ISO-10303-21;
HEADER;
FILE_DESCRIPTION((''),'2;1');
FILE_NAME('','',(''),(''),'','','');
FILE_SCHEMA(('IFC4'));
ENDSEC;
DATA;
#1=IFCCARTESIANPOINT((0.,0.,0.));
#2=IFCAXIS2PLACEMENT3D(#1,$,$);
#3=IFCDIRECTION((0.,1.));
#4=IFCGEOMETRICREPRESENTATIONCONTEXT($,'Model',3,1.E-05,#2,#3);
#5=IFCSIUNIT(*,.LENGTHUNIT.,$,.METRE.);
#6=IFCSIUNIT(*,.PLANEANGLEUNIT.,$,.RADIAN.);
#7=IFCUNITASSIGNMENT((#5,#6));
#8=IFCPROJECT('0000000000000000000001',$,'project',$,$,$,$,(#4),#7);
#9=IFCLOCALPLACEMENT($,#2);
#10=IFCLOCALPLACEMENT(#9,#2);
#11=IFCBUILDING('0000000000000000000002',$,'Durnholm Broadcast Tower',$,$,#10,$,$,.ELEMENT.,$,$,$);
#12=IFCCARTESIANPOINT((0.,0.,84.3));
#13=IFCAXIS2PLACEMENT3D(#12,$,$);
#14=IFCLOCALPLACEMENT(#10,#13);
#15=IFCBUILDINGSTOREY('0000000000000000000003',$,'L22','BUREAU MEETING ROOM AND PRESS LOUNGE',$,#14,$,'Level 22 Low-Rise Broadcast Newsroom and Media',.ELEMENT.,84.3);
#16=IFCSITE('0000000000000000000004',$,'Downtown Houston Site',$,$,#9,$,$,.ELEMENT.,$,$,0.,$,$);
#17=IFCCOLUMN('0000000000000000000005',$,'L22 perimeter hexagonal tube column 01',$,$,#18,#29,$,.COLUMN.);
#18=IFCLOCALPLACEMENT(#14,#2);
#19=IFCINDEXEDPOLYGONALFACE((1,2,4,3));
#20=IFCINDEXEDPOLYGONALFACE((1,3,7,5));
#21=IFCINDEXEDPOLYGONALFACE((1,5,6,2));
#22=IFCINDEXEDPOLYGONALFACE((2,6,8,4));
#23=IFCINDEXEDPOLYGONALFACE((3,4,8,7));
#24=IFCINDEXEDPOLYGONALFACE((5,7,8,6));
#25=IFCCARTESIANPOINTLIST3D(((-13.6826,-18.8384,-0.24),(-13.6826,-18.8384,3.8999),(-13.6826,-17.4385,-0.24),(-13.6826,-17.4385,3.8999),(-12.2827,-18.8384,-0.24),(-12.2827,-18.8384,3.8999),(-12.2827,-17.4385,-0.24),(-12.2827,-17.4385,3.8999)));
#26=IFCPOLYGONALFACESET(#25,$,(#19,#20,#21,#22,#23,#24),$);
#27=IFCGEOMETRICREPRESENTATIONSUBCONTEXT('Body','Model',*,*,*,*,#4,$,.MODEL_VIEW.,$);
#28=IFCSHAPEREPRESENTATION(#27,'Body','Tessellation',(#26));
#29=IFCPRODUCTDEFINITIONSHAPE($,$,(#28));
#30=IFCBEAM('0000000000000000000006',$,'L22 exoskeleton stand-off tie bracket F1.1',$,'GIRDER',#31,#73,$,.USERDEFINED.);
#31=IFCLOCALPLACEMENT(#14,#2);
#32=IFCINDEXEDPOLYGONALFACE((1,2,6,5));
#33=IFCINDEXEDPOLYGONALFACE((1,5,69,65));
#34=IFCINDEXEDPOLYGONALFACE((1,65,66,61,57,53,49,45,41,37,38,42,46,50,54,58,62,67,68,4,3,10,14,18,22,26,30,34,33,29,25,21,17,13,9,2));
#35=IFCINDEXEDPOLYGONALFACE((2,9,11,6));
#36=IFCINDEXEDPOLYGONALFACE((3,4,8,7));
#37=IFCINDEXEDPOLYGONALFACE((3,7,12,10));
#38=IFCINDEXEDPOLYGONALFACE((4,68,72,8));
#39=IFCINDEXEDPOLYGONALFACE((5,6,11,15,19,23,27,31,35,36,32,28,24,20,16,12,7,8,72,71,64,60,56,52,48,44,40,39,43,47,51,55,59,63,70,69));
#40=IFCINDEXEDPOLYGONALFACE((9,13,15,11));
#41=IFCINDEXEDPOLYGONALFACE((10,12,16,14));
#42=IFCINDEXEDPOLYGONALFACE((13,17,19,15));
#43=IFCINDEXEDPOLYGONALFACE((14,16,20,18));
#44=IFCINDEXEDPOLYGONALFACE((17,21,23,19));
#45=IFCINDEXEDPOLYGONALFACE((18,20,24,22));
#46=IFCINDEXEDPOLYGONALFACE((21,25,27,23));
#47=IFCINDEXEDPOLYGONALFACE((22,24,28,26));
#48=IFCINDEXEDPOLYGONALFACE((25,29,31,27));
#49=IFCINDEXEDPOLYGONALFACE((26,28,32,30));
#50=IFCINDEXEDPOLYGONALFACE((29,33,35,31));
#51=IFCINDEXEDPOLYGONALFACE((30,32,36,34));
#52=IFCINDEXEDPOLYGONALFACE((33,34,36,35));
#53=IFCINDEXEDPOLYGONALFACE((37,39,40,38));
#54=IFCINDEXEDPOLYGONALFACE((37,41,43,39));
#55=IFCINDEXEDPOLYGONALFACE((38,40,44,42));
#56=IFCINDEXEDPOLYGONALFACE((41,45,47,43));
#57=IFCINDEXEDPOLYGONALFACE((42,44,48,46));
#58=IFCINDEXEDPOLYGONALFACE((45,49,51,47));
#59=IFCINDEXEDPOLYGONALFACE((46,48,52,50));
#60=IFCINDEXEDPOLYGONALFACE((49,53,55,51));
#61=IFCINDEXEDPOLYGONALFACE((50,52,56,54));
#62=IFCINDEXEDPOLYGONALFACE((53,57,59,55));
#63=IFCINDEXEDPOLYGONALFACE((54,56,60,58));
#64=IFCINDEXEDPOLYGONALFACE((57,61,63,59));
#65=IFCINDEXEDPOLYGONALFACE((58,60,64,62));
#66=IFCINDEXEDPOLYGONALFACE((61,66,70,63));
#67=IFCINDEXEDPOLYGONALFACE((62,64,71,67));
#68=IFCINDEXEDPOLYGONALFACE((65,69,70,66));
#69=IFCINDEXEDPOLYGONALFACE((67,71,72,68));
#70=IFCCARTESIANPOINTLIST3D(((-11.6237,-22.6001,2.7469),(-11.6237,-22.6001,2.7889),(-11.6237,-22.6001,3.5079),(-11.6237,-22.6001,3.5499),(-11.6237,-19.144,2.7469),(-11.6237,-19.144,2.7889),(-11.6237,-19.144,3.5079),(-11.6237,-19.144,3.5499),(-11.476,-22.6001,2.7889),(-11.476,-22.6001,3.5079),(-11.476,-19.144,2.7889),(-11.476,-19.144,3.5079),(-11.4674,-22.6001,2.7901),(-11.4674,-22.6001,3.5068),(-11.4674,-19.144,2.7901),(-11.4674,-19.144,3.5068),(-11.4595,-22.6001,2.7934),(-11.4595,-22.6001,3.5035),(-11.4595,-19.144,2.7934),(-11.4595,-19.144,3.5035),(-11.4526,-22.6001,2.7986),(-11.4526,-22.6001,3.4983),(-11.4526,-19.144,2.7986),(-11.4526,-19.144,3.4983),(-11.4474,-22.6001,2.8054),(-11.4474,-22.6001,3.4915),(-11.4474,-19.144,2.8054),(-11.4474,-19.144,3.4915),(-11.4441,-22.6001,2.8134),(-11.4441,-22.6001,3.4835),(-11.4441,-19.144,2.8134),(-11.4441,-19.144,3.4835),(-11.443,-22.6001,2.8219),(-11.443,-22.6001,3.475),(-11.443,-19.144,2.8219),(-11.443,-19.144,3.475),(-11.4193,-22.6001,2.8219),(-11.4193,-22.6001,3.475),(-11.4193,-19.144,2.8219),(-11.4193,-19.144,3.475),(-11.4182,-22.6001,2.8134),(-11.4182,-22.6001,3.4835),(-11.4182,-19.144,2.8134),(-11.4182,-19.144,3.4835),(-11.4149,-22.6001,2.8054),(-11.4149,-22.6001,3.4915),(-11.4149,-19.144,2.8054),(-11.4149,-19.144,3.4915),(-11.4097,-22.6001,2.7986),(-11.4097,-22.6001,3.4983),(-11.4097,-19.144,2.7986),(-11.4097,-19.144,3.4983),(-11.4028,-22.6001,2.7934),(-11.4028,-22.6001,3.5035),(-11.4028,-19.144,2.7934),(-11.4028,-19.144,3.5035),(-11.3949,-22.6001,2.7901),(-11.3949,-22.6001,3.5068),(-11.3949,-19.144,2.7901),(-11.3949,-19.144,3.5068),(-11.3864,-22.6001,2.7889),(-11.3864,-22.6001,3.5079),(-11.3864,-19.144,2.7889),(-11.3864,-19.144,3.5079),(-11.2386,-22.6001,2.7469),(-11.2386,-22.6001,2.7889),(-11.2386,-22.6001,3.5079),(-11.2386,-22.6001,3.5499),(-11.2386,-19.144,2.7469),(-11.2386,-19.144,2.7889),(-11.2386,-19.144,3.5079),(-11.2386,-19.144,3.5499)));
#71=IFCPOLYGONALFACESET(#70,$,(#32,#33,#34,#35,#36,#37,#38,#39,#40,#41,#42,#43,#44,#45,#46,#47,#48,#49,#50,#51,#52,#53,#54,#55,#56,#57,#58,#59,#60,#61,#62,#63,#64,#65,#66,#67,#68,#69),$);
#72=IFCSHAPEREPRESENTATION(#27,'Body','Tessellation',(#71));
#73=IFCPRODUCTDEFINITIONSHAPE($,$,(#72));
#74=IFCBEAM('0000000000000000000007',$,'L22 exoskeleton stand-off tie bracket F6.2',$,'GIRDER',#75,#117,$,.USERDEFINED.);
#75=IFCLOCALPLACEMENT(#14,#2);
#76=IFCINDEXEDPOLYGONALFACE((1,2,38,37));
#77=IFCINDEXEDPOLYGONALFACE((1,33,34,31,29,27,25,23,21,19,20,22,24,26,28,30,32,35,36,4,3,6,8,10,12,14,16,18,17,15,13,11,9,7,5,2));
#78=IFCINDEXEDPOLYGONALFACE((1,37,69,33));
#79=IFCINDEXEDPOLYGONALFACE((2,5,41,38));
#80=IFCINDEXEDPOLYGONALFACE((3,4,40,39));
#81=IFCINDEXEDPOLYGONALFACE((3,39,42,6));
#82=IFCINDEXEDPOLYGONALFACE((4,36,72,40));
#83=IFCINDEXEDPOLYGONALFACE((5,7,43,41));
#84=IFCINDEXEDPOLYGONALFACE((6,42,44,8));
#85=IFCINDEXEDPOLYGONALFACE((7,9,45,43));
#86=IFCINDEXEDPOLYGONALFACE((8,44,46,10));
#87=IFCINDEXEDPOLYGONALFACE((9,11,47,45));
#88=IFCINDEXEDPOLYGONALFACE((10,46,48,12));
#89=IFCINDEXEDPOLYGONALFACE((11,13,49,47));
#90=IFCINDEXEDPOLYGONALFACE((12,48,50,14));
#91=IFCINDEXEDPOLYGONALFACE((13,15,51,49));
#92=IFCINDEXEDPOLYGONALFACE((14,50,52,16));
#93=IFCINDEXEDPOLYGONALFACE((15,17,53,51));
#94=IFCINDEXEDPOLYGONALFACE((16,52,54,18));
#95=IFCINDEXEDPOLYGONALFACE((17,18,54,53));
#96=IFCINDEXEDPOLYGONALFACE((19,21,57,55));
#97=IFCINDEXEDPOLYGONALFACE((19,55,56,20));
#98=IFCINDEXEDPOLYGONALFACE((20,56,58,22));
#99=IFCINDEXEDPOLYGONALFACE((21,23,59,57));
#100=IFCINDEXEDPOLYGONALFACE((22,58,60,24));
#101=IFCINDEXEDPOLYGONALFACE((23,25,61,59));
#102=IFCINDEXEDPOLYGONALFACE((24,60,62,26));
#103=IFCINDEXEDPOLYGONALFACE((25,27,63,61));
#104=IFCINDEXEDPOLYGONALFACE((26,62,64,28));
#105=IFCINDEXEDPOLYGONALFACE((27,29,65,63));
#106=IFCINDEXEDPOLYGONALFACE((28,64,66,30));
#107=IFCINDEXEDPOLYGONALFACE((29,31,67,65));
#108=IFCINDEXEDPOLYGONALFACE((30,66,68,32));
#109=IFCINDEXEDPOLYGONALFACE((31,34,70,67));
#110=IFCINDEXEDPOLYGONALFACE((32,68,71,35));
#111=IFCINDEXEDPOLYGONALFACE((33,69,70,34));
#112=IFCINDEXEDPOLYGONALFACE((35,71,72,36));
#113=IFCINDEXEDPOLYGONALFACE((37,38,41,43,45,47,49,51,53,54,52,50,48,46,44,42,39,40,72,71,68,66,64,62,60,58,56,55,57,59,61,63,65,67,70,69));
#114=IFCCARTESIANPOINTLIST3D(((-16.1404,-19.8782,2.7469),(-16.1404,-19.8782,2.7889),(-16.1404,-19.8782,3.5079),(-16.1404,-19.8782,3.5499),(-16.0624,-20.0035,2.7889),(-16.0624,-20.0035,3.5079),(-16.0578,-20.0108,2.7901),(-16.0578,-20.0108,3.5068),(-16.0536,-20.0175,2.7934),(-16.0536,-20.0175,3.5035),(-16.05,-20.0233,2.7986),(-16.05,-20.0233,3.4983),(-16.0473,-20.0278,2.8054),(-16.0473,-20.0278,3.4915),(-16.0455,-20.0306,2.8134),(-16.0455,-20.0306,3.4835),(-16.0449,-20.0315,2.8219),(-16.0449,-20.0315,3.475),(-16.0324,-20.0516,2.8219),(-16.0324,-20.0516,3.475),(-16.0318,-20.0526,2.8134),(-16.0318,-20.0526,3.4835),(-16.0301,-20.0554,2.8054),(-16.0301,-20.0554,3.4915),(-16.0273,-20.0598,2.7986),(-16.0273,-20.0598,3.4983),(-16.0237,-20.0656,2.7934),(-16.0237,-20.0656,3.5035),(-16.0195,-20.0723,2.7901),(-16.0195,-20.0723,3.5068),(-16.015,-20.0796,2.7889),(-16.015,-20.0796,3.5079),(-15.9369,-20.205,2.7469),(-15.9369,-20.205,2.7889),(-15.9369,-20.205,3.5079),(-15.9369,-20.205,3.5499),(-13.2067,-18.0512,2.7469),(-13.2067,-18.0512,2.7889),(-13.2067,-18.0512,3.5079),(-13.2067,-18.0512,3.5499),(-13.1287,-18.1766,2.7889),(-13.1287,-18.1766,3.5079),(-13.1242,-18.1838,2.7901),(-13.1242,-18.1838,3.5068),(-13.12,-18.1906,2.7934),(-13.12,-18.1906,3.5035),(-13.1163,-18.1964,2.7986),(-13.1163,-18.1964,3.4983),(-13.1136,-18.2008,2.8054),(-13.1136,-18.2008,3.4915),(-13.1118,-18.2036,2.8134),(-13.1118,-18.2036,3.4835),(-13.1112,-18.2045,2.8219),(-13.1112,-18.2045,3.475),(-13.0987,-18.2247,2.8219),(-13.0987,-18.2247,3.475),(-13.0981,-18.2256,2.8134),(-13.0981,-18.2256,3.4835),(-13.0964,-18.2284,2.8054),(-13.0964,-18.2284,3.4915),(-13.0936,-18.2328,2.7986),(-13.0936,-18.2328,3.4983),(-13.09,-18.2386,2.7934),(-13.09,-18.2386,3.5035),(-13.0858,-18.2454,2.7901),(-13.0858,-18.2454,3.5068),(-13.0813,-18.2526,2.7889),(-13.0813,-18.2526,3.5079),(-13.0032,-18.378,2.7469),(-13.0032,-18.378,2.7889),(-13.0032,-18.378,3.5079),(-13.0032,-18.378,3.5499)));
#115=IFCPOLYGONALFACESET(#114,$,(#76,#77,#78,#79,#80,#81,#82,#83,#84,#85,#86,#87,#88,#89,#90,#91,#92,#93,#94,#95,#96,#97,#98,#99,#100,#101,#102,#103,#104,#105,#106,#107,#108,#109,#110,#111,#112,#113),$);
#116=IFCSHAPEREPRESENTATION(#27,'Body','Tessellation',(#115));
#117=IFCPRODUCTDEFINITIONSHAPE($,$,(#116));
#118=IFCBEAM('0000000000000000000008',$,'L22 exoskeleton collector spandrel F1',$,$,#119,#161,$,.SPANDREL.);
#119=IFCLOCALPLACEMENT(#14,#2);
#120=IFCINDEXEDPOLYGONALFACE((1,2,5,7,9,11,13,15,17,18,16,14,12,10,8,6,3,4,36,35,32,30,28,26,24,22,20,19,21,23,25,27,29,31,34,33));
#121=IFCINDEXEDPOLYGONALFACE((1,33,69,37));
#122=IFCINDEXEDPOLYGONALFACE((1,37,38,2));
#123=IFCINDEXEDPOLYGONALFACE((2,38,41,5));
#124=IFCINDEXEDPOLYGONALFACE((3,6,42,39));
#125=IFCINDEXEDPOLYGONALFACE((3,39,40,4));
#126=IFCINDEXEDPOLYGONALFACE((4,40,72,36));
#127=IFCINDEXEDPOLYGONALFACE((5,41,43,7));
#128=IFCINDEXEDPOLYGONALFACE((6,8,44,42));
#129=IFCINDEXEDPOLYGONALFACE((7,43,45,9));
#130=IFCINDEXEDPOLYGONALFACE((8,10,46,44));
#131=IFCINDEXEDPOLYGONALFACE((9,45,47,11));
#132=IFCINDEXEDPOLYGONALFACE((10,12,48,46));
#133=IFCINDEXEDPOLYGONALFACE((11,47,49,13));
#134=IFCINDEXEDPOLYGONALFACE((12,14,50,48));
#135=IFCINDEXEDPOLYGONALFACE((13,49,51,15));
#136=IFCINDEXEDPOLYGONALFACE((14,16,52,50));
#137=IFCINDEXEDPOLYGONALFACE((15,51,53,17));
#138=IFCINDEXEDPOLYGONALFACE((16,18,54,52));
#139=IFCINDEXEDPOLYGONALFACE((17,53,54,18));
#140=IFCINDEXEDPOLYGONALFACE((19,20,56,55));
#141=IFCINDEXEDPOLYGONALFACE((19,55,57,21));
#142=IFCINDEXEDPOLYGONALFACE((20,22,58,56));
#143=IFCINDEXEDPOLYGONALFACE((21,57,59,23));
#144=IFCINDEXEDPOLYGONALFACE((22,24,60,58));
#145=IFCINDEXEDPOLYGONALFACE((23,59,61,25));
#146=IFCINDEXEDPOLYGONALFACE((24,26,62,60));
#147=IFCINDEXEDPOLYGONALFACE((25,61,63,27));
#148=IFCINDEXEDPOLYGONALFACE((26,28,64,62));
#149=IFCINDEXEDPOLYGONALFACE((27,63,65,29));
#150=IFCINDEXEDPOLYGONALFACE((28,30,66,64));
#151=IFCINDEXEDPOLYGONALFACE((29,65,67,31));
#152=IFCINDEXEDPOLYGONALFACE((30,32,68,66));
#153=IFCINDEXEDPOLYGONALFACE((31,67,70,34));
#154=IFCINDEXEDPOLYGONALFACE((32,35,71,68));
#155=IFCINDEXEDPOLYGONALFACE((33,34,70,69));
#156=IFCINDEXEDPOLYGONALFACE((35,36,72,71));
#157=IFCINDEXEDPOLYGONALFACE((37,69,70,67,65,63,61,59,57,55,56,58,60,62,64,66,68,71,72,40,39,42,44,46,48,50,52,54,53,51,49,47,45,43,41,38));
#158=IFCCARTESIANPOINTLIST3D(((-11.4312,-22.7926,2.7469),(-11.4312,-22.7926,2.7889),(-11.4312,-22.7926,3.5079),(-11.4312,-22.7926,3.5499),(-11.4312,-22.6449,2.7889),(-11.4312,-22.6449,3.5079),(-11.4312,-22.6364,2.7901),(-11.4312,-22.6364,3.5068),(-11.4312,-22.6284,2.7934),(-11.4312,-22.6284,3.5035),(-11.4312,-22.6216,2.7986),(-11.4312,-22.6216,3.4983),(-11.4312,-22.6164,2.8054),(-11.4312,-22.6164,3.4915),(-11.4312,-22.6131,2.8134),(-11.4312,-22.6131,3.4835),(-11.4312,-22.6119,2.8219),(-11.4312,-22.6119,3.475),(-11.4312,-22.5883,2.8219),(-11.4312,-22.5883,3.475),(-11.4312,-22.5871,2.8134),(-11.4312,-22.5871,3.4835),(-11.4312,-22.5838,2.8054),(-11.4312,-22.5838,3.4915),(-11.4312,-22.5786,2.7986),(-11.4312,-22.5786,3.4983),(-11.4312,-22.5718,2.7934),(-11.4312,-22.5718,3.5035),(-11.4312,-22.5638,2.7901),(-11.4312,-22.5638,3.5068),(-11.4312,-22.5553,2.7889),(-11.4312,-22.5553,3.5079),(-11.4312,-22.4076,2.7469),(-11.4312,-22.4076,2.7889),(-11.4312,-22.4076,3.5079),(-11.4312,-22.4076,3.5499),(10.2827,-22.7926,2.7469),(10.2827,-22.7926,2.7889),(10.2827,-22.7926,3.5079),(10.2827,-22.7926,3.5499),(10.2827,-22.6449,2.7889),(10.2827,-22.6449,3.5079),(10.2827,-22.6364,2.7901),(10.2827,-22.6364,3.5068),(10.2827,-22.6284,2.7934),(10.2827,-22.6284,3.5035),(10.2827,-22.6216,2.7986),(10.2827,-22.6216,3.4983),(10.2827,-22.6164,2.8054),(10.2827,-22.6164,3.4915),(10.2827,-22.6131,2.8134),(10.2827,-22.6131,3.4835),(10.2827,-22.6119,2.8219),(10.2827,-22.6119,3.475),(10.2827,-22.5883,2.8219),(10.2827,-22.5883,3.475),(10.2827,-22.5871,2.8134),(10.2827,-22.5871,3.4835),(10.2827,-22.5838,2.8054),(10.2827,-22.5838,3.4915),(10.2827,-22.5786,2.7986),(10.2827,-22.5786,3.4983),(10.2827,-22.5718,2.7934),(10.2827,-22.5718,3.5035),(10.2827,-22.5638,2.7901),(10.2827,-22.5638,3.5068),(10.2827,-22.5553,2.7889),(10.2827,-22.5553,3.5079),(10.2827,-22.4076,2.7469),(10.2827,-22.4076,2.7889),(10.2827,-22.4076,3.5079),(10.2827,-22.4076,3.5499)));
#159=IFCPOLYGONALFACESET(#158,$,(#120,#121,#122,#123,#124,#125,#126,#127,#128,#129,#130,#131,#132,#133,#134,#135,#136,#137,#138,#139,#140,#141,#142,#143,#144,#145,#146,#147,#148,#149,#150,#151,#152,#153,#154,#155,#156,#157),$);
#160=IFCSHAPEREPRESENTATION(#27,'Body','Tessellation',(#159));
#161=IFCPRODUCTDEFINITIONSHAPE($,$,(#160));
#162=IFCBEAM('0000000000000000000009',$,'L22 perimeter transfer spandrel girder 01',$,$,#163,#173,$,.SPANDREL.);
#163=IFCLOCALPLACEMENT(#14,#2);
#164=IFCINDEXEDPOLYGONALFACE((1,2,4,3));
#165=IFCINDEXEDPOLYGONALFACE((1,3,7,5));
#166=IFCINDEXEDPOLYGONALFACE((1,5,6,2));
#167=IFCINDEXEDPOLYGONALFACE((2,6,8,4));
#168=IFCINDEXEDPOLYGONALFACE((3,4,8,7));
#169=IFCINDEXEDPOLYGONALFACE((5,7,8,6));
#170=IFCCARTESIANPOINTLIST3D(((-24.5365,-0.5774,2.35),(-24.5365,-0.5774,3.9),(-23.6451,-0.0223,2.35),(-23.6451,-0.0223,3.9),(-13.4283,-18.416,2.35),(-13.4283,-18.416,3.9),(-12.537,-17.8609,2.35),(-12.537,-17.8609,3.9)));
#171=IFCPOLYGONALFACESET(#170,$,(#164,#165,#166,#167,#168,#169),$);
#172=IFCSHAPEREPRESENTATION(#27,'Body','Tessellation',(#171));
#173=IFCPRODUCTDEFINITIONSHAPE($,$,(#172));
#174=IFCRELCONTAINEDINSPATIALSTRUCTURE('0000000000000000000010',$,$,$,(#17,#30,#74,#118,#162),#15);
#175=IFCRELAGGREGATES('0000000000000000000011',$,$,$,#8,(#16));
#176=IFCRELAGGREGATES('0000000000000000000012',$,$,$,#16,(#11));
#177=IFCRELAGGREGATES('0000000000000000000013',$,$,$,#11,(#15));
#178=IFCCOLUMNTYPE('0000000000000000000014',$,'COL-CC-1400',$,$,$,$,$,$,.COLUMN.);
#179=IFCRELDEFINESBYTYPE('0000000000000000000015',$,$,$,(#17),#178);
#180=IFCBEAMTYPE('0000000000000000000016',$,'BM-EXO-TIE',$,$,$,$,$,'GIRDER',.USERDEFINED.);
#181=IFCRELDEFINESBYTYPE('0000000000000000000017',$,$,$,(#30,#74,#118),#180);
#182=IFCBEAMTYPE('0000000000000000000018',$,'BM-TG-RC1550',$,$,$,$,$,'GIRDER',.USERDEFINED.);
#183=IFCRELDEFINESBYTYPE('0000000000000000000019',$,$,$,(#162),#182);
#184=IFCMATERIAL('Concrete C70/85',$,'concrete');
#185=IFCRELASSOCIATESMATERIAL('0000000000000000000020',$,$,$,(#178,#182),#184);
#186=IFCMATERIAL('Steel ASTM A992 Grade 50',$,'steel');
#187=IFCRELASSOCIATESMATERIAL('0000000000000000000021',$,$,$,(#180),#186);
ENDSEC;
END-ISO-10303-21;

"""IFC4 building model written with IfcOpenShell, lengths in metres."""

from ifc_helpers import new_model, si_unit, direction, frame, origin, origin_2d, place, context, subcontext, project, spatial, rectangle, i_section, extrude, source, transform, mapped, material, material_profile, profile_set, type_object, type_shapes, element, save


model = new_model("IFC4")

# Units and contexts
model_context = context("Model", 3, precision=1e-05, world=origin(), true_north=direction((0.0, 1.0)))
body_context = subcontext(model_context, "Body", "Model", "MODEL_VIEW")
ifc_project = project(units=[si_unit("LENGTHUNIT", "METRE"), si_unit("PLANEANGLEUNIT", "RADIAN")], contexts=[model_context])

# Site, building, storey
site_placement = place(None, origin())
site = spatial("IfcSite", under=ifc_project, at=site_placement, Name="Downtown Houston Site", CompositionType="ELEMENT", RefElevation=0.0)
building_placement = place(site_placement, origin())
building = spatial("IfcBuilding", under=site, at=building_placement, Name="Durnholm Broadcast Tower", CompositionType="ELEMENT")
storey_placement = place(building_placement, frame((0.0, 0.0, 84.3)))
storey = spatial("IfcBuildingStorey", under=building, at=storey_placement, Name="L22", Description="BUREAU MEETING ROOM AND PRESS LOUNGE", LongName="Level 22 Low-Rise Broadcast Newsroom and Media", CompositionType="ELEMENT", Elevation=84.3)

# Column
ifc_material_1 = material(Name="Concrete C70/85", Category="concrete")
ifc_material_profile_1 = material_profile(ifc_material_1, rectangle(XDim=1.3999, YDim=1.3999, at=origin_2d()), Name="RC1400X1400")
ifc_profile_set_1 = profile_set([ifc_material_profile_1], Name="Concrete C70/85")
column_type = type_object("IfcColumnType", Name="COL-CC-1400", PredefinedType="COLUMN", material=ifc_profile_set_1)
shared_shape_1 = source(origin(), body_context, "Body", "SweptSolid", [
    extrude(rectangle(XDim=1.3999, YDim=1.3999, at=origin_2d()), origin(), (0.0, 0.0, 1.0), 4.1399),
])
type_shapes(column_type, [shared_shape_1])
column_placement = place(storey_placement, frame((-12.9827, -18.1384, -0.24), z_axis=(0.0, 0.0, 1.0), x_axis=(1.0, 0.0, 0.0)))
element("IfcColumn", 1, at=column_placement, inside=storey, type_object=column_type, Name="L22 perimeter hexagonal tube column 01", PredefinedType="COLUMN", context=body_context, shape_type="MappedRepresentation", body=[
    mapped(shared_shape_1, transform((0.0, 0.0, 0.0), x_axis=(1.0, 0.0, 0.0), y_axis=(0.0, 1.0, 0.0), z_axis=(0.0, 0.0, 1.0), scale=1.0)),
])

# Beams
ifc_material_2 = material(Name="Steel ASTM A992 Grade 50", Category="steel")
ifc_material_profile_2 = material_profile(ifc_material_2, i_section(OverallWidth=0.385, OverallDepth=0.803, WebThickness=0.0237, FlangeThickness=0.042, FilletRadius=0.033, at=origin_2d()), Name="W30X261")
ifc_profile_set_2 = profile_set([ifc_material_profile_2], Name="Steel ASTM A992 Grade 50")
beam_type_1 = type_object("IfcBeamType", Name="BM-EXO-TIE", ElementType="GIRDER", PredefinedType="USERDEFINED", material=ifc_profile_set_2)
shared_shape_2 = source(origin(), body_context, "Body", "SweptSolid", [
    extrude(i_section(OverallWidth=0.385, OverallDepth=0.803, WebThickness=0.0237, FlangeThickness=0.042, FilletRadius=0.033, at=origin_2d()), origin(), (0.0, 0.0, 1.0), 3.4561),
])
for number, where, z_axis, x_axis, name in (
    (2, (-11.4312, -19.144, 3.1484), (0.0, -1.0, 0.0), (1.0, 0.0, 0.0), "L22 exoskeleton stand-off tie bracket F1.1"),
    (3, (-13.105, -18.2146, 3.1484), (-0.848854, -0.528627, 0.0), (0.528627, -0.848854, 0.0), "L22 exoskeleton stand-off tie bracket F6.2"),
):
    element("IfcBeam", number, at=place(storey_placement, frame(where, z_axis=z_axis, x_axis=x_axis)), inside=storey, type_object=beam_type_1, Name=name, ObjectType="GIRDER", PredefinedType="USERDEFINED", context=body_context, shape_type="MappedRepresentation", body=[
        mapped(shared_shape_2, transform((0.0, 0.0, 0.0), x_axis=(1.0, 0.0, 0.0), y_axis=(0.0, 1.0, 0.0), z_axis=(0.0, 0.0, 1.0), scale=1.0)),
    ])
shared_shape_3 = source(origin(), body_context, "Body", "SweptSolid", [
    extrude(i_section(OverallWidth=0.385, OverallDepth=0.803, WebThickness=0.0237, FlangeThickness=0.042, FilletRadius=0.033, at=origin_2d()), origin(), (0.0, 0.0, 1.0), 21.7139),
])
type_shapes(beam_type_1, [shared_shape_2, shared_shape_3])
beam_1_placement = place(storey_placement, frame((-11.4312, -22.6001, 3.1484), z_axis=(1.0, 0.0, 0.0), x_axis=(0.0, 1.0, 0.0)))
element("IfcBeam", 4, at=beam_1_placement, inside=storey, type_object=beam_type_1, Name="L22 exoskeleton collector spandrel F1", PredefinedType="SPANDREL", context=body_context, shape_type="MappedRepresentation", body=[
    mapped(shared_shape_3, transform((0.0, 0.0, 0.0), x_axis=(1.0, 0.0, 0.0), y_axis=(0.0, 1.0, 0.0), z_axis=(0.0, 0.0, 1.0), scale=1.0)),
])
ifc_material_profile_3 = material_profile(ifc_material_1, rectangle(XDim=1.05, YDim=1.55, at=origin_2d()), Name="RC1050X1550")
ifc_profile_set_3 = profile_set([ifc_material_profile_3], Name="Concrete C70/85")
beam_type_2 = type_object("IfcBeamType", Name="BM-TG-RC1550", ElementType="GIRDER", PredefinedType="USERDEFINED", material=ifc_profile_set_3)
shared_shape_4 = source(origin(), body_context, "Body", "SweptSolid", [
    extrude(rectangle(XDim=1.05, YDim=1.55, at=origin_2d()), origin(), (0.0, 0.0, 1.0), 21.0144),
])
type_shapes(beam_type_2, [shared_shape_4])
beam_2_placement = place(storey_placement, frame((-12.9827, -18.1384, 3.125), z_axis=(-0.528596, 0.848874, 0.0), x_axis=(-0.848874, -0.528596, 0.0)))
element("IfcBeam", 5, at=beam_2_placement, inside=storey, type_object=beam_type_2, Name="L22 perimeter transfer spandrel girder 01", PredefinedType="SPANDREL", context=body_context, shape_type="MappedRepresentation", body=[
    mapped(shared_shape_4, transform((0.0, 0.0, 0.0), x_axis=(1.0, 0.0, 0.0), y_axis=(0.0, 1.0, 0.0), z_axis=(0.0, 0.0, 1.0), scale=1.0)),
])

save(model, "model.ifc")
